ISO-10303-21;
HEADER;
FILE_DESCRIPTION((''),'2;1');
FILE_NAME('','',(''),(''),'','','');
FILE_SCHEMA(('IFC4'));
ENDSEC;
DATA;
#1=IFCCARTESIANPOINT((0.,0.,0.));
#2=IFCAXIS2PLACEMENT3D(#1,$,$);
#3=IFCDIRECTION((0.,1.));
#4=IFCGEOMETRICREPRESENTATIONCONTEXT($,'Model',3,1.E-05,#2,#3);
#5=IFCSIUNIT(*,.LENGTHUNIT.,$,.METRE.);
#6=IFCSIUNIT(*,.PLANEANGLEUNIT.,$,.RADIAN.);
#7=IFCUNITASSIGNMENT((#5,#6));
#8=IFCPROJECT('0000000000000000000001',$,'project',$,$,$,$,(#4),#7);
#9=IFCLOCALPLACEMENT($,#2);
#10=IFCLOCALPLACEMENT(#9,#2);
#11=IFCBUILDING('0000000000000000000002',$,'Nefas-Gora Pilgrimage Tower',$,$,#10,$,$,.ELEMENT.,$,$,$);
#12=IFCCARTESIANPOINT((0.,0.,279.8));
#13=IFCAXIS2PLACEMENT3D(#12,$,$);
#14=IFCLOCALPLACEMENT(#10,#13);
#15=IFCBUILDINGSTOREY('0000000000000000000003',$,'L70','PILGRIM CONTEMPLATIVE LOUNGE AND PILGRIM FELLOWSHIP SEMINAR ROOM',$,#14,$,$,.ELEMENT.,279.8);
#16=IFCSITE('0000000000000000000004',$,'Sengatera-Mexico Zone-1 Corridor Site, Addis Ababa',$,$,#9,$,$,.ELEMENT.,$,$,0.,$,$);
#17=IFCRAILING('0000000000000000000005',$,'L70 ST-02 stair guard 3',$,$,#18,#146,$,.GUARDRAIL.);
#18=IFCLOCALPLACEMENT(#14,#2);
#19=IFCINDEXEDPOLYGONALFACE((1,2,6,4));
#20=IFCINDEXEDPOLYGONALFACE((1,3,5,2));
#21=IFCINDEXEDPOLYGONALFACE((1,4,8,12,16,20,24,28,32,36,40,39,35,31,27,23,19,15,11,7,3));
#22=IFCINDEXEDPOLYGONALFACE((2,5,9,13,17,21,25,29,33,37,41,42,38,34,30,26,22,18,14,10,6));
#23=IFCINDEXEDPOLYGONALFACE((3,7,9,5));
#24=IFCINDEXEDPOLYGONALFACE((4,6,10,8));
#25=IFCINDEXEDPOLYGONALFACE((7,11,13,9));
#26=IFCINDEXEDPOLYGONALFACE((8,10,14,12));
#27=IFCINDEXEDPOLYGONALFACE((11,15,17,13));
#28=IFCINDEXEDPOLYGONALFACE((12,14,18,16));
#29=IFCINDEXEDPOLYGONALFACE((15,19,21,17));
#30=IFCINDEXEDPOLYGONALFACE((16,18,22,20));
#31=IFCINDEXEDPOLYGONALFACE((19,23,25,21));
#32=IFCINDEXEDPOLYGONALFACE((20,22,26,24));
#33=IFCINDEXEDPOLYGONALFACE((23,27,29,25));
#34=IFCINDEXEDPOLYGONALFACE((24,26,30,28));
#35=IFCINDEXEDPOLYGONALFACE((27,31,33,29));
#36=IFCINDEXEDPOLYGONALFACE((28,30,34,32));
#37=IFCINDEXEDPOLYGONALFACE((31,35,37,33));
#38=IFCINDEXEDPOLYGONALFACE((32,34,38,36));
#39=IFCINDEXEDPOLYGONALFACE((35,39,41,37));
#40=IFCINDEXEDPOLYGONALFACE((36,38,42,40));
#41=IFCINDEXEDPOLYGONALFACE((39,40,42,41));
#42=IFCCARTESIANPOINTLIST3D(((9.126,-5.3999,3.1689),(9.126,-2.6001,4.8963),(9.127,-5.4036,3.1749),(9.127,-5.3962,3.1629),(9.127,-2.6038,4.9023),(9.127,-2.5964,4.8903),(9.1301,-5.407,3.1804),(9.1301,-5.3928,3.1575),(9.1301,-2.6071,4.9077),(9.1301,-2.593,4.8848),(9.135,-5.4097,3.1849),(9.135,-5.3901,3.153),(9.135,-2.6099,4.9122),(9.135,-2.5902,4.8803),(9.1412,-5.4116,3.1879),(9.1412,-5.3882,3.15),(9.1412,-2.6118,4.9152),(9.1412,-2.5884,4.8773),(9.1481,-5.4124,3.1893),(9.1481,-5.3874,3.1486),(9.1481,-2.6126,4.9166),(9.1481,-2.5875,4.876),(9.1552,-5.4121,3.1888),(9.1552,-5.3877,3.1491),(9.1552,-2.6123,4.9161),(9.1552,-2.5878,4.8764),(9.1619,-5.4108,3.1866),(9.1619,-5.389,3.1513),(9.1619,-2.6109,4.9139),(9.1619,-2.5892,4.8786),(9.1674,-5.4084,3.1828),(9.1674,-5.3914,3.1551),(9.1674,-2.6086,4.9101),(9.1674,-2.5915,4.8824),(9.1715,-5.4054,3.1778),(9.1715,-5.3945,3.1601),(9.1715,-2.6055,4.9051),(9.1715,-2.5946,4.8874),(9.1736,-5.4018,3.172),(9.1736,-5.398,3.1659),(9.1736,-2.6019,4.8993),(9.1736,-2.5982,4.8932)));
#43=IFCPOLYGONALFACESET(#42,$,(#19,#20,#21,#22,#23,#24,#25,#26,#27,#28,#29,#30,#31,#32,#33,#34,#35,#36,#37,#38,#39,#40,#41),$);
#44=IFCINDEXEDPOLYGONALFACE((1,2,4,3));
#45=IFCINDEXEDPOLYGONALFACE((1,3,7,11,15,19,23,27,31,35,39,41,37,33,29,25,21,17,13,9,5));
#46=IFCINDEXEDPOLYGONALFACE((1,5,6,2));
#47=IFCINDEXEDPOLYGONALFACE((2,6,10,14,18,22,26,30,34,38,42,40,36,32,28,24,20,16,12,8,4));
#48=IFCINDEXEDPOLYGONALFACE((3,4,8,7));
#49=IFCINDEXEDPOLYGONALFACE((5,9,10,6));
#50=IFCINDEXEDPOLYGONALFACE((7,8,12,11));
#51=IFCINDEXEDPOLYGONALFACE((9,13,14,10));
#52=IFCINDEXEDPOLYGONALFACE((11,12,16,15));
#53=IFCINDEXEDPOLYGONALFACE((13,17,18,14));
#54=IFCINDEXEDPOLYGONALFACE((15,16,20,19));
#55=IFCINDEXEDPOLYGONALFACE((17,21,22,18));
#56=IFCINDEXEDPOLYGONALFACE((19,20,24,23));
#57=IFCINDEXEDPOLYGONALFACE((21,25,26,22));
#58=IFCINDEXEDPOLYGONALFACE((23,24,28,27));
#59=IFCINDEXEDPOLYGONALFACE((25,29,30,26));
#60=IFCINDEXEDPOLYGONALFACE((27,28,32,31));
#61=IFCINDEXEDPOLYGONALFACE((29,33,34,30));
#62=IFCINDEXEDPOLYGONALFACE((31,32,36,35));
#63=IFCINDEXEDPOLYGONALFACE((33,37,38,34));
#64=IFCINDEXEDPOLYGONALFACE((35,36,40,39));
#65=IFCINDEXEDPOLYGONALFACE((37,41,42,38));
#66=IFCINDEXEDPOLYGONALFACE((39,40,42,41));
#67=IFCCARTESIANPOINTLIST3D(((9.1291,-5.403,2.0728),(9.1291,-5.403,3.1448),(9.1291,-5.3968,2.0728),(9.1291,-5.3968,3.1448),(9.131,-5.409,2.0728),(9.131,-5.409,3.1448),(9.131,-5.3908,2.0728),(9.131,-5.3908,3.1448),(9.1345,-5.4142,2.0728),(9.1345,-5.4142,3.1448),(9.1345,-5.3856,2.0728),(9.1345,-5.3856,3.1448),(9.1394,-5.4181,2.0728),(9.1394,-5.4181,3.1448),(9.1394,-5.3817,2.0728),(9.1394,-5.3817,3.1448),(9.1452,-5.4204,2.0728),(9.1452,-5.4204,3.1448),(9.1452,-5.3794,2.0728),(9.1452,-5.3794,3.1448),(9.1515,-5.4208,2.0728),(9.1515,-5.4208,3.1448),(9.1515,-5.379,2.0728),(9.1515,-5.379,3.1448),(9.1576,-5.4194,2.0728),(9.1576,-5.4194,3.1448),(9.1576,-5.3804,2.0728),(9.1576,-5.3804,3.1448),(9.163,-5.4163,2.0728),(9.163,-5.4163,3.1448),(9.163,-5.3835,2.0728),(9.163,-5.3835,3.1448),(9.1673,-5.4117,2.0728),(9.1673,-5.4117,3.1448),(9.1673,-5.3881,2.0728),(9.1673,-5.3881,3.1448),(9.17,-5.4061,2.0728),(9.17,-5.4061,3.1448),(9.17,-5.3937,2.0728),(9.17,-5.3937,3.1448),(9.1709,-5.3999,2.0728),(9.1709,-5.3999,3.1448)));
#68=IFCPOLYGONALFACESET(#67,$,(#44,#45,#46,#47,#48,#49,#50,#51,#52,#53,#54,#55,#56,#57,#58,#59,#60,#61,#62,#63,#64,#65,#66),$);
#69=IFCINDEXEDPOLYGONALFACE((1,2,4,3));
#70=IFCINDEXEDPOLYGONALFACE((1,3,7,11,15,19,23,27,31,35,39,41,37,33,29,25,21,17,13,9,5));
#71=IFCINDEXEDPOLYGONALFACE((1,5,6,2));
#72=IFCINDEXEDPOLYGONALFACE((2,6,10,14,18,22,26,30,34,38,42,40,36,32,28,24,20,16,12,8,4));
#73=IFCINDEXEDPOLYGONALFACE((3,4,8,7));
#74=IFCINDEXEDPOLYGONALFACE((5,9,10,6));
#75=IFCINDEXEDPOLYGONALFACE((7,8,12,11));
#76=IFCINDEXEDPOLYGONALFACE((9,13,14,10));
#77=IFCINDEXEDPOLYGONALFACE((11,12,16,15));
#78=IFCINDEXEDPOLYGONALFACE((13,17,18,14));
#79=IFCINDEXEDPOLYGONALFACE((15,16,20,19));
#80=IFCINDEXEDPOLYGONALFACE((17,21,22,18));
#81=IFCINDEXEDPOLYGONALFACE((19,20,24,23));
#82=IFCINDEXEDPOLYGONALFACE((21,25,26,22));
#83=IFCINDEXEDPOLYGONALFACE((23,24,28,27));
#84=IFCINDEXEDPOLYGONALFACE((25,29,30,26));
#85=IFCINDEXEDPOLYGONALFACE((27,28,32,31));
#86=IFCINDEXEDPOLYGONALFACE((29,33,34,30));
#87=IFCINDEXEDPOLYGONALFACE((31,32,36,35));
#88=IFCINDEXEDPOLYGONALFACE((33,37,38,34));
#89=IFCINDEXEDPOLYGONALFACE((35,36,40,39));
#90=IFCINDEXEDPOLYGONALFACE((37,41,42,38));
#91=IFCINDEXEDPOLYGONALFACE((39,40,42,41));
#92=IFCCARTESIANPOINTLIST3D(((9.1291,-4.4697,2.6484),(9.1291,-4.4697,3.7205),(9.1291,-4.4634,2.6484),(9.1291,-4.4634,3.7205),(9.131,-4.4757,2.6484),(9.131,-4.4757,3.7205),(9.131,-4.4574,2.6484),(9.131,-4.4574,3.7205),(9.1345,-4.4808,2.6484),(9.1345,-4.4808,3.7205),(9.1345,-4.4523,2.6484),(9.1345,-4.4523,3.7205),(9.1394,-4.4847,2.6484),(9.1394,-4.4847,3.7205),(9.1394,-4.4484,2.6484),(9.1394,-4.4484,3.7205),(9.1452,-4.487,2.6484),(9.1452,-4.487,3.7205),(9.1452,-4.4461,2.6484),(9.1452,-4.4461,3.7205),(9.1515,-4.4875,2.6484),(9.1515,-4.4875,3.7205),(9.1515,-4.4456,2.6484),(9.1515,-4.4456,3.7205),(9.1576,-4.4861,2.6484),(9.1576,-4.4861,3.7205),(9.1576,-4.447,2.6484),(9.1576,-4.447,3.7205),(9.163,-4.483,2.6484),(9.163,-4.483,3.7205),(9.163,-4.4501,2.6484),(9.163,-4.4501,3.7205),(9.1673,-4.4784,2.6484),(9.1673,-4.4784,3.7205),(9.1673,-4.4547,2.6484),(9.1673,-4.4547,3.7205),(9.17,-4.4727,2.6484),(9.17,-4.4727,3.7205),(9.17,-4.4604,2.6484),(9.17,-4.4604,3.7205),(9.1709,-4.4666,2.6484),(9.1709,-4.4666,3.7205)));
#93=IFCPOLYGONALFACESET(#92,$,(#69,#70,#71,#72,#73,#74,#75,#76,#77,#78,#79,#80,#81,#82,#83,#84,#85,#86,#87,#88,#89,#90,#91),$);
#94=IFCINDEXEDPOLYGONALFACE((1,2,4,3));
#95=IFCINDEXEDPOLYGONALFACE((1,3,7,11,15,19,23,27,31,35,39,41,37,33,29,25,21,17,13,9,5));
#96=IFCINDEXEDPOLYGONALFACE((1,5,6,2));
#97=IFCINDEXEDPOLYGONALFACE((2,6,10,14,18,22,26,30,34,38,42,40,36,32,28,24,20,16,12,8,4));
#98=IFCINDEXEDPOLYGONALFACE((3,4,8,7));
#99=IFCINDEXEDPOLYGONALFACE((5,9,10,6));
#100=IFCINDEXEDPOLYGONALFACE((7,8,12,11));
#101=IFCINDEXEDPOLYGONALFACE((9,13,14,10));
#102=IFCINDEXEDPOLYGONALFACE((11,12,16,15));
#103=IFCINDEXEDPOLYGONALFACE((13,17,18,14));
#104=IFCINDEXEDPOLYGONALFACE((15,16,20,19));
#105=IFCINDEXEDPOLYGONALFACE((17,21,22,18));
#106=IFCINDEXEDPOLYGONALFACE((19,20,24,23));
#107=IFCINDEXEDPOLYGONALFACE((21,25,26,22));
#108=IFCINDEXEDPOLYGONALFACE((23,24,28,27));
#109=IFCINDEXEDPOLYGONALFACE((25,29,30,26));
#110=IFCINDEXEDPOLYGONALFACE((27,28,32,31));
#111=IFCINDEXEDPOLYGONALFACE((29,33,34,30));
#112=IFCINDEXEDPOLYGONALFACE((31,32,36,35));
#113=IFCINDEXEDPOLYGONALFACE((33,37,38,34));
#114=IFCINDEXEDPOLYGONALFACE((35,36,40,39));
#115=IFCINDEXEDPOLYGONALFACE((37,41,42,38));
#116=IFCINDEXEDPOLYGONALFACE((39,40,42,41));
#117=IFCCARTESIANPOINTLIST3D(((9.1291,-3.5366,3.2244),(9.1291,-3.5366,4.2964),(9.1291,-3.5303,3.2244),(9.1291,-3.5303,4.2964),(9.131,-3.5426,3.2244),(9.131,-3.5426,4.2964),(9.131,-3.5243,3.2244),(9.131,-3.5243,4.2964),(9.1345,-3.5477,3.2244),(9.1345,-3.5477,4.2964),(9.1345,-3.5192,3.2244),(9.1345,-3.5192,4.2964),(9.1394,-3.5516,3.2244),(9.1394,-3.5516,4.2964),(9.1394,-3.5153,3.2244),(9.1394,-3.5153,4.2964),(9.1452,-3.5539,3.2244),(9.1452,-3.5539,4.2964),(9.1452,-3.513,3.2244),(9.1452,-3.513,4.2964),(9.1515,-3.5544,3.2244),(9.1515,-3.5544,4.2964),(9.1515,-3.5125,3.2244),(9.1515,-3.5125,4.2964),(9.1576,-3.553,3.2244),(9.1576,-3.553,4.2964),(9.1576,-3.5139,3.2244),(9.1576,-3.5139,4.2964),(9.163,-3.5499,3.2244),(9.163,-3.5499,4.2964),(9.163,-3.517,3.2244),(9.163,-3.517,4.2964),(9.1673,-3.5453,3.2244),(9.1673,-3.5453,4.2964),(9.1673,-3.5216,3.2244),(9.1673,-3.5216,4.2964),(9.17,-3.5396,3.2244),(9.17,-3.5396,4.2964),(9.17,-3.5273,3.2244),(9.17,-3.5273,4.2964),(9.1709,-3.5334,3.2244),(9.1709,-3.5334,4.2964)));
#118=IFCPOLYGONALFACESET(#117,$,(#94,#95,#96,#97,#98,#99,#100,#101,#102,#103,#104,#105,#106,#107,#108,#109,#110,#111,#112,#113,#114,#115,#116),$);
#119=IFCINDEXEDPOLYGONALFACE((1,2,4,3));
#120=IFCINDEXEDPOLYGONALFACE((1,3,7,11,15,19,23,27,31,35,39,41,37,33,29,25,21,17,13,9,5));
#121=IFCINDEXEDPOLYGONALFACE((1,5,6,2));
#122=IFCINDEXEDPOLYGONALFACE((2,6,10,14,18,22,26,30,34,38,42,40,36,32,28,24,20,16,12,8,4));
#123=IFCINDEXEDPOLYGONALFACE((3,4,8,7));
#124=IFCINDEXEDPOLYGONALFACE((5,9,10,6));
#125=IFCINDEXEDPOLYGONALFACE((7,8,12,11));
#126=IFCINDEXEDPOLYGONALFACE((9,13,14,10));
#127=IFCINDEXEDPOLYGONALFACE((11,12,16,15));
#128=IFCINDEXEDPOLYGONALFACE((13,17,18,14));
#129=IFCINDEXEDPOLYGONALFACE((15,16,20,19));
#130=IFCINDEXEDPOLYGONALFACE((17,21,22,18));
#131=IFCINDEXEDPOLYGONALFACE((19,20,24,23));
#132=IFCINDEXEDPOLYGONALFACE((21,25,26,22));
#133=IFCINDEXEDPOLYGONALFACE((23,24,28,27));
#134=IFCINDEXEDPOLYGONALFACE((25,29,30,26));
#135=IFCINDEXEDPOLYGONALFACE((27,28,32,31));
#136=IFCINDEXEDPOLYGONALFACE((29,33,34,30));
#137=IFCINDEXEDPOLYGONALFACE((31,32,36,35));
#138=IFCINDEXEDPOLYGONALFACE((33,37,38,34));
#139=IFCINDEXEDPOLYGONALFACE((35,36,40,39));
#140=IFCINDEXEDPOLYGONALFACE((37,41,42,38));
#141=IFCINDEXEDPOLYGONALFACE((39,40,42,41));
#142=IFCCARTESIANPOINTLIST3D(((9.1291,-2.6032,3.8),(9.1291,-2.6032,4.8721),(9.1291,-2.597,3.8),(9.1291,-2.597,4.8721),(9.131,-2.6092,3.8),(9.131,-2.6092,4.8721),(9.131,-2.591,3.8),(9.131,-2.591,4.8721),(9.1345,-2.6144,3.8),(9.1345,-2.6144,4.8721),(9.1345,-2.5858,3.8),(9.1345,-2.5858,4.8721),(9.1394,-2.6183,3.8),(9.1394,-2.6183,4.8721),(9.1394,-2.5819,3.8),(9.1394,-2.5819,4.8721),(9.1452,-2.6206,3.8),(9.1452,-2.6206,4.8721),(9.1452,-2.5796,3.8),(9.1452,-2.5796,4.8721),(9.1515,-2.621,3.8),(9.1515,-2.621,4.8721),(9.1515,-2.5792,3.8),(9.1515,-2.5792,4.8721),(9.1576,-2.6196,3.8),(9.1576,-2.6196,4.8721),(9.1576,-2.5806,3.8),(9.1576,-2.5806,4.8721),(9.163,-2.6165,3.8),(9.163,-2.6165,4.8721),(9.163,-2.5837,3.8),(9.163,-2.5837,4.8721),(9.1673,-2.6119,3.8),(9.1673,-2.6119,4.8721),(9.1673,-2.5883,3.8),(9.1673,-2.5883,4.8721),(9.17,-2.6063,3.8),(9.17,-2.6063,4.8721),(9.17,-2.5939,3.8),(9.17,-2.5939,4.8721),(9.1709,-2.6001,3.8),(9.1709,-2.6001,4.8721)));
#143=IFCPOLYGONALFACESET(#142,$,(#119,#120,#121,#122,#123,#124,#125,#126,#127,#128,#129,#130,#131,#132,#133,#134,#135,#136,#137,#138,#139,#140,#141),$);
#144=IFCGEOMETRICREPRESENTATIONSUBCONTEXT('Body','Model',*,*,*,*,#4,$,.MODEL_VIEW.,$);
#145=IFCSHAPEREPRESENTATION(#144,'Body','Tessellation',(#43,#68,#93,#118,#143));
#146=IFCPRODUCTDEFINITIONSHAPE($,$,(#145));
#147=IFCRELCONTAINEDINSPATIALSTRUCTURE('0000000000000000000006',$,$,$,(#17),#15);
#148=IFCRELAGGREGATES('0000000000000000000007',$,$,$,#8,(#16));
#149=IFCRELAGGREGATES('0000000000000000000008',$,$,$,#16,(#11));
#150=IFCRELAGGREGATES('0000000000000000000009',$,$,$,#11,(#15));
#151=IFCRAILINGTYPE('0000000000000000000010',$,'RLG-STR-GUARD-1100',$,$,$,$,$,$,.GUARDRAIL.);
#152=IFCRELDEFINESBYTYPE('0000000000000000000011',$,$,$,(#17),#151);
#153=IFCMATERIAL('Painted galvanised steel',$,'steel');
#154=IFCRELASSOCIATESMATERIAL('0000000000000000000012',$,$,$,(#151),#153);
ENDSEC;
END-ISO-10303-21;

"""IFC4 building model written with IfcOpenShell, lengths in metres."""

from ifc_helpers import new_model, si_unit, direction, frame, origin, origin_2d, place, context, subcontext, project, spatial, circle, extrude, material, type_object, element, save


model = new_model("IFC4")

# Units and contexts
model_context = context("Model", 3, precision=1e-05, world=origin(), true_north=direction((0.0, 1.0)))
body_context = subcontext(model_context, "Body", "Model", "MODEL_VIEW")
ifc_project = project(units=[si_unit("LENGTHUNIT", "METRE"), si_unit("PLANEANGLEUNIT", "RADIAN")], contexts=[model_context])

# Site, building, storey
site_placement = place(None, origin())
site = spatial("IfcSite", under=ifc_project, at=site_placement, Name="Sengatera-Mexico Zone-1 Corridor Site, Addis Ababa", CompositionType="ELEMENT", RefElevation=0.0)
building_placement = place(site_placement, origin())
building = spatial("IfcBuilding", under=site, at=building_placement, Name="Nefas-Gora Pilgrimage Tower", CompositionType="ELEMENT")
storey_placement = place(building_placement, frame((0.0, 0.0, 279.8)))
storey = spatial("IfcBuildingStorey", under=building, at=storey_placement, Name="L70", Description="PILGRIM CONTEMPLATIVE LOUNGE AND PILGRIM FELLOWSHIP SEMINAR ROOM", CompositionType="ELEMENT", Elevation=279.8)

# Railing
ifc_material_1 = material(Name="Painted galvanised steel", Category="steel")
railing_type_1 = type_object("IfcRailingType", Name="RLG-STR-GUARD-1100", PredefinedType="GUARDRAIL", material=ifc_material_1)
railing_1_placement = place(storey_placement, frame((9.1499, -5.3999, 2.0728)))
element("IfcRailing", 1, at=railing_1_placement, inside=storey, type_object=railing_type_1, Name="L70 ST-02 stair guard 3", PredefinedType="GUARDRAIL", context=body_context, shape_type="SweptSolid", body=[
    extrude(circle(Radius=0.0239, at=origin_2d()), frame((0.0, 0.0, 1.0962), z_axis=(0.0, 0.851069, 0.525054), x_axis=(-1.0, 0.0, 0.0)), (0.0, 0.0, 1.0), 3.2898),
    extrude(circle(Radius=0.021, at=origin_2d()), origin(), (0.0, 0.0, 1.0), 1.072),
    extrude(circle(Radius=0.021, at=origin_2d()), frame((0.0, 0.9333, 0.5757)), (0.0, 0.0, 1.0), 1.072),
    extrude(circle(Radius=0.021, at=origin_2d()), frame((0.0, 1.8665, 1.1516)), (0.0, 0.0, 1.0), 1.072),
    extrude(circle(Radius=0.021, at=origin_2d()), frame((0.0, 2.7998, 1.7273)), (0.0, 0.0, 1.0), 1.072),
])

save(model, "model.ifc")
